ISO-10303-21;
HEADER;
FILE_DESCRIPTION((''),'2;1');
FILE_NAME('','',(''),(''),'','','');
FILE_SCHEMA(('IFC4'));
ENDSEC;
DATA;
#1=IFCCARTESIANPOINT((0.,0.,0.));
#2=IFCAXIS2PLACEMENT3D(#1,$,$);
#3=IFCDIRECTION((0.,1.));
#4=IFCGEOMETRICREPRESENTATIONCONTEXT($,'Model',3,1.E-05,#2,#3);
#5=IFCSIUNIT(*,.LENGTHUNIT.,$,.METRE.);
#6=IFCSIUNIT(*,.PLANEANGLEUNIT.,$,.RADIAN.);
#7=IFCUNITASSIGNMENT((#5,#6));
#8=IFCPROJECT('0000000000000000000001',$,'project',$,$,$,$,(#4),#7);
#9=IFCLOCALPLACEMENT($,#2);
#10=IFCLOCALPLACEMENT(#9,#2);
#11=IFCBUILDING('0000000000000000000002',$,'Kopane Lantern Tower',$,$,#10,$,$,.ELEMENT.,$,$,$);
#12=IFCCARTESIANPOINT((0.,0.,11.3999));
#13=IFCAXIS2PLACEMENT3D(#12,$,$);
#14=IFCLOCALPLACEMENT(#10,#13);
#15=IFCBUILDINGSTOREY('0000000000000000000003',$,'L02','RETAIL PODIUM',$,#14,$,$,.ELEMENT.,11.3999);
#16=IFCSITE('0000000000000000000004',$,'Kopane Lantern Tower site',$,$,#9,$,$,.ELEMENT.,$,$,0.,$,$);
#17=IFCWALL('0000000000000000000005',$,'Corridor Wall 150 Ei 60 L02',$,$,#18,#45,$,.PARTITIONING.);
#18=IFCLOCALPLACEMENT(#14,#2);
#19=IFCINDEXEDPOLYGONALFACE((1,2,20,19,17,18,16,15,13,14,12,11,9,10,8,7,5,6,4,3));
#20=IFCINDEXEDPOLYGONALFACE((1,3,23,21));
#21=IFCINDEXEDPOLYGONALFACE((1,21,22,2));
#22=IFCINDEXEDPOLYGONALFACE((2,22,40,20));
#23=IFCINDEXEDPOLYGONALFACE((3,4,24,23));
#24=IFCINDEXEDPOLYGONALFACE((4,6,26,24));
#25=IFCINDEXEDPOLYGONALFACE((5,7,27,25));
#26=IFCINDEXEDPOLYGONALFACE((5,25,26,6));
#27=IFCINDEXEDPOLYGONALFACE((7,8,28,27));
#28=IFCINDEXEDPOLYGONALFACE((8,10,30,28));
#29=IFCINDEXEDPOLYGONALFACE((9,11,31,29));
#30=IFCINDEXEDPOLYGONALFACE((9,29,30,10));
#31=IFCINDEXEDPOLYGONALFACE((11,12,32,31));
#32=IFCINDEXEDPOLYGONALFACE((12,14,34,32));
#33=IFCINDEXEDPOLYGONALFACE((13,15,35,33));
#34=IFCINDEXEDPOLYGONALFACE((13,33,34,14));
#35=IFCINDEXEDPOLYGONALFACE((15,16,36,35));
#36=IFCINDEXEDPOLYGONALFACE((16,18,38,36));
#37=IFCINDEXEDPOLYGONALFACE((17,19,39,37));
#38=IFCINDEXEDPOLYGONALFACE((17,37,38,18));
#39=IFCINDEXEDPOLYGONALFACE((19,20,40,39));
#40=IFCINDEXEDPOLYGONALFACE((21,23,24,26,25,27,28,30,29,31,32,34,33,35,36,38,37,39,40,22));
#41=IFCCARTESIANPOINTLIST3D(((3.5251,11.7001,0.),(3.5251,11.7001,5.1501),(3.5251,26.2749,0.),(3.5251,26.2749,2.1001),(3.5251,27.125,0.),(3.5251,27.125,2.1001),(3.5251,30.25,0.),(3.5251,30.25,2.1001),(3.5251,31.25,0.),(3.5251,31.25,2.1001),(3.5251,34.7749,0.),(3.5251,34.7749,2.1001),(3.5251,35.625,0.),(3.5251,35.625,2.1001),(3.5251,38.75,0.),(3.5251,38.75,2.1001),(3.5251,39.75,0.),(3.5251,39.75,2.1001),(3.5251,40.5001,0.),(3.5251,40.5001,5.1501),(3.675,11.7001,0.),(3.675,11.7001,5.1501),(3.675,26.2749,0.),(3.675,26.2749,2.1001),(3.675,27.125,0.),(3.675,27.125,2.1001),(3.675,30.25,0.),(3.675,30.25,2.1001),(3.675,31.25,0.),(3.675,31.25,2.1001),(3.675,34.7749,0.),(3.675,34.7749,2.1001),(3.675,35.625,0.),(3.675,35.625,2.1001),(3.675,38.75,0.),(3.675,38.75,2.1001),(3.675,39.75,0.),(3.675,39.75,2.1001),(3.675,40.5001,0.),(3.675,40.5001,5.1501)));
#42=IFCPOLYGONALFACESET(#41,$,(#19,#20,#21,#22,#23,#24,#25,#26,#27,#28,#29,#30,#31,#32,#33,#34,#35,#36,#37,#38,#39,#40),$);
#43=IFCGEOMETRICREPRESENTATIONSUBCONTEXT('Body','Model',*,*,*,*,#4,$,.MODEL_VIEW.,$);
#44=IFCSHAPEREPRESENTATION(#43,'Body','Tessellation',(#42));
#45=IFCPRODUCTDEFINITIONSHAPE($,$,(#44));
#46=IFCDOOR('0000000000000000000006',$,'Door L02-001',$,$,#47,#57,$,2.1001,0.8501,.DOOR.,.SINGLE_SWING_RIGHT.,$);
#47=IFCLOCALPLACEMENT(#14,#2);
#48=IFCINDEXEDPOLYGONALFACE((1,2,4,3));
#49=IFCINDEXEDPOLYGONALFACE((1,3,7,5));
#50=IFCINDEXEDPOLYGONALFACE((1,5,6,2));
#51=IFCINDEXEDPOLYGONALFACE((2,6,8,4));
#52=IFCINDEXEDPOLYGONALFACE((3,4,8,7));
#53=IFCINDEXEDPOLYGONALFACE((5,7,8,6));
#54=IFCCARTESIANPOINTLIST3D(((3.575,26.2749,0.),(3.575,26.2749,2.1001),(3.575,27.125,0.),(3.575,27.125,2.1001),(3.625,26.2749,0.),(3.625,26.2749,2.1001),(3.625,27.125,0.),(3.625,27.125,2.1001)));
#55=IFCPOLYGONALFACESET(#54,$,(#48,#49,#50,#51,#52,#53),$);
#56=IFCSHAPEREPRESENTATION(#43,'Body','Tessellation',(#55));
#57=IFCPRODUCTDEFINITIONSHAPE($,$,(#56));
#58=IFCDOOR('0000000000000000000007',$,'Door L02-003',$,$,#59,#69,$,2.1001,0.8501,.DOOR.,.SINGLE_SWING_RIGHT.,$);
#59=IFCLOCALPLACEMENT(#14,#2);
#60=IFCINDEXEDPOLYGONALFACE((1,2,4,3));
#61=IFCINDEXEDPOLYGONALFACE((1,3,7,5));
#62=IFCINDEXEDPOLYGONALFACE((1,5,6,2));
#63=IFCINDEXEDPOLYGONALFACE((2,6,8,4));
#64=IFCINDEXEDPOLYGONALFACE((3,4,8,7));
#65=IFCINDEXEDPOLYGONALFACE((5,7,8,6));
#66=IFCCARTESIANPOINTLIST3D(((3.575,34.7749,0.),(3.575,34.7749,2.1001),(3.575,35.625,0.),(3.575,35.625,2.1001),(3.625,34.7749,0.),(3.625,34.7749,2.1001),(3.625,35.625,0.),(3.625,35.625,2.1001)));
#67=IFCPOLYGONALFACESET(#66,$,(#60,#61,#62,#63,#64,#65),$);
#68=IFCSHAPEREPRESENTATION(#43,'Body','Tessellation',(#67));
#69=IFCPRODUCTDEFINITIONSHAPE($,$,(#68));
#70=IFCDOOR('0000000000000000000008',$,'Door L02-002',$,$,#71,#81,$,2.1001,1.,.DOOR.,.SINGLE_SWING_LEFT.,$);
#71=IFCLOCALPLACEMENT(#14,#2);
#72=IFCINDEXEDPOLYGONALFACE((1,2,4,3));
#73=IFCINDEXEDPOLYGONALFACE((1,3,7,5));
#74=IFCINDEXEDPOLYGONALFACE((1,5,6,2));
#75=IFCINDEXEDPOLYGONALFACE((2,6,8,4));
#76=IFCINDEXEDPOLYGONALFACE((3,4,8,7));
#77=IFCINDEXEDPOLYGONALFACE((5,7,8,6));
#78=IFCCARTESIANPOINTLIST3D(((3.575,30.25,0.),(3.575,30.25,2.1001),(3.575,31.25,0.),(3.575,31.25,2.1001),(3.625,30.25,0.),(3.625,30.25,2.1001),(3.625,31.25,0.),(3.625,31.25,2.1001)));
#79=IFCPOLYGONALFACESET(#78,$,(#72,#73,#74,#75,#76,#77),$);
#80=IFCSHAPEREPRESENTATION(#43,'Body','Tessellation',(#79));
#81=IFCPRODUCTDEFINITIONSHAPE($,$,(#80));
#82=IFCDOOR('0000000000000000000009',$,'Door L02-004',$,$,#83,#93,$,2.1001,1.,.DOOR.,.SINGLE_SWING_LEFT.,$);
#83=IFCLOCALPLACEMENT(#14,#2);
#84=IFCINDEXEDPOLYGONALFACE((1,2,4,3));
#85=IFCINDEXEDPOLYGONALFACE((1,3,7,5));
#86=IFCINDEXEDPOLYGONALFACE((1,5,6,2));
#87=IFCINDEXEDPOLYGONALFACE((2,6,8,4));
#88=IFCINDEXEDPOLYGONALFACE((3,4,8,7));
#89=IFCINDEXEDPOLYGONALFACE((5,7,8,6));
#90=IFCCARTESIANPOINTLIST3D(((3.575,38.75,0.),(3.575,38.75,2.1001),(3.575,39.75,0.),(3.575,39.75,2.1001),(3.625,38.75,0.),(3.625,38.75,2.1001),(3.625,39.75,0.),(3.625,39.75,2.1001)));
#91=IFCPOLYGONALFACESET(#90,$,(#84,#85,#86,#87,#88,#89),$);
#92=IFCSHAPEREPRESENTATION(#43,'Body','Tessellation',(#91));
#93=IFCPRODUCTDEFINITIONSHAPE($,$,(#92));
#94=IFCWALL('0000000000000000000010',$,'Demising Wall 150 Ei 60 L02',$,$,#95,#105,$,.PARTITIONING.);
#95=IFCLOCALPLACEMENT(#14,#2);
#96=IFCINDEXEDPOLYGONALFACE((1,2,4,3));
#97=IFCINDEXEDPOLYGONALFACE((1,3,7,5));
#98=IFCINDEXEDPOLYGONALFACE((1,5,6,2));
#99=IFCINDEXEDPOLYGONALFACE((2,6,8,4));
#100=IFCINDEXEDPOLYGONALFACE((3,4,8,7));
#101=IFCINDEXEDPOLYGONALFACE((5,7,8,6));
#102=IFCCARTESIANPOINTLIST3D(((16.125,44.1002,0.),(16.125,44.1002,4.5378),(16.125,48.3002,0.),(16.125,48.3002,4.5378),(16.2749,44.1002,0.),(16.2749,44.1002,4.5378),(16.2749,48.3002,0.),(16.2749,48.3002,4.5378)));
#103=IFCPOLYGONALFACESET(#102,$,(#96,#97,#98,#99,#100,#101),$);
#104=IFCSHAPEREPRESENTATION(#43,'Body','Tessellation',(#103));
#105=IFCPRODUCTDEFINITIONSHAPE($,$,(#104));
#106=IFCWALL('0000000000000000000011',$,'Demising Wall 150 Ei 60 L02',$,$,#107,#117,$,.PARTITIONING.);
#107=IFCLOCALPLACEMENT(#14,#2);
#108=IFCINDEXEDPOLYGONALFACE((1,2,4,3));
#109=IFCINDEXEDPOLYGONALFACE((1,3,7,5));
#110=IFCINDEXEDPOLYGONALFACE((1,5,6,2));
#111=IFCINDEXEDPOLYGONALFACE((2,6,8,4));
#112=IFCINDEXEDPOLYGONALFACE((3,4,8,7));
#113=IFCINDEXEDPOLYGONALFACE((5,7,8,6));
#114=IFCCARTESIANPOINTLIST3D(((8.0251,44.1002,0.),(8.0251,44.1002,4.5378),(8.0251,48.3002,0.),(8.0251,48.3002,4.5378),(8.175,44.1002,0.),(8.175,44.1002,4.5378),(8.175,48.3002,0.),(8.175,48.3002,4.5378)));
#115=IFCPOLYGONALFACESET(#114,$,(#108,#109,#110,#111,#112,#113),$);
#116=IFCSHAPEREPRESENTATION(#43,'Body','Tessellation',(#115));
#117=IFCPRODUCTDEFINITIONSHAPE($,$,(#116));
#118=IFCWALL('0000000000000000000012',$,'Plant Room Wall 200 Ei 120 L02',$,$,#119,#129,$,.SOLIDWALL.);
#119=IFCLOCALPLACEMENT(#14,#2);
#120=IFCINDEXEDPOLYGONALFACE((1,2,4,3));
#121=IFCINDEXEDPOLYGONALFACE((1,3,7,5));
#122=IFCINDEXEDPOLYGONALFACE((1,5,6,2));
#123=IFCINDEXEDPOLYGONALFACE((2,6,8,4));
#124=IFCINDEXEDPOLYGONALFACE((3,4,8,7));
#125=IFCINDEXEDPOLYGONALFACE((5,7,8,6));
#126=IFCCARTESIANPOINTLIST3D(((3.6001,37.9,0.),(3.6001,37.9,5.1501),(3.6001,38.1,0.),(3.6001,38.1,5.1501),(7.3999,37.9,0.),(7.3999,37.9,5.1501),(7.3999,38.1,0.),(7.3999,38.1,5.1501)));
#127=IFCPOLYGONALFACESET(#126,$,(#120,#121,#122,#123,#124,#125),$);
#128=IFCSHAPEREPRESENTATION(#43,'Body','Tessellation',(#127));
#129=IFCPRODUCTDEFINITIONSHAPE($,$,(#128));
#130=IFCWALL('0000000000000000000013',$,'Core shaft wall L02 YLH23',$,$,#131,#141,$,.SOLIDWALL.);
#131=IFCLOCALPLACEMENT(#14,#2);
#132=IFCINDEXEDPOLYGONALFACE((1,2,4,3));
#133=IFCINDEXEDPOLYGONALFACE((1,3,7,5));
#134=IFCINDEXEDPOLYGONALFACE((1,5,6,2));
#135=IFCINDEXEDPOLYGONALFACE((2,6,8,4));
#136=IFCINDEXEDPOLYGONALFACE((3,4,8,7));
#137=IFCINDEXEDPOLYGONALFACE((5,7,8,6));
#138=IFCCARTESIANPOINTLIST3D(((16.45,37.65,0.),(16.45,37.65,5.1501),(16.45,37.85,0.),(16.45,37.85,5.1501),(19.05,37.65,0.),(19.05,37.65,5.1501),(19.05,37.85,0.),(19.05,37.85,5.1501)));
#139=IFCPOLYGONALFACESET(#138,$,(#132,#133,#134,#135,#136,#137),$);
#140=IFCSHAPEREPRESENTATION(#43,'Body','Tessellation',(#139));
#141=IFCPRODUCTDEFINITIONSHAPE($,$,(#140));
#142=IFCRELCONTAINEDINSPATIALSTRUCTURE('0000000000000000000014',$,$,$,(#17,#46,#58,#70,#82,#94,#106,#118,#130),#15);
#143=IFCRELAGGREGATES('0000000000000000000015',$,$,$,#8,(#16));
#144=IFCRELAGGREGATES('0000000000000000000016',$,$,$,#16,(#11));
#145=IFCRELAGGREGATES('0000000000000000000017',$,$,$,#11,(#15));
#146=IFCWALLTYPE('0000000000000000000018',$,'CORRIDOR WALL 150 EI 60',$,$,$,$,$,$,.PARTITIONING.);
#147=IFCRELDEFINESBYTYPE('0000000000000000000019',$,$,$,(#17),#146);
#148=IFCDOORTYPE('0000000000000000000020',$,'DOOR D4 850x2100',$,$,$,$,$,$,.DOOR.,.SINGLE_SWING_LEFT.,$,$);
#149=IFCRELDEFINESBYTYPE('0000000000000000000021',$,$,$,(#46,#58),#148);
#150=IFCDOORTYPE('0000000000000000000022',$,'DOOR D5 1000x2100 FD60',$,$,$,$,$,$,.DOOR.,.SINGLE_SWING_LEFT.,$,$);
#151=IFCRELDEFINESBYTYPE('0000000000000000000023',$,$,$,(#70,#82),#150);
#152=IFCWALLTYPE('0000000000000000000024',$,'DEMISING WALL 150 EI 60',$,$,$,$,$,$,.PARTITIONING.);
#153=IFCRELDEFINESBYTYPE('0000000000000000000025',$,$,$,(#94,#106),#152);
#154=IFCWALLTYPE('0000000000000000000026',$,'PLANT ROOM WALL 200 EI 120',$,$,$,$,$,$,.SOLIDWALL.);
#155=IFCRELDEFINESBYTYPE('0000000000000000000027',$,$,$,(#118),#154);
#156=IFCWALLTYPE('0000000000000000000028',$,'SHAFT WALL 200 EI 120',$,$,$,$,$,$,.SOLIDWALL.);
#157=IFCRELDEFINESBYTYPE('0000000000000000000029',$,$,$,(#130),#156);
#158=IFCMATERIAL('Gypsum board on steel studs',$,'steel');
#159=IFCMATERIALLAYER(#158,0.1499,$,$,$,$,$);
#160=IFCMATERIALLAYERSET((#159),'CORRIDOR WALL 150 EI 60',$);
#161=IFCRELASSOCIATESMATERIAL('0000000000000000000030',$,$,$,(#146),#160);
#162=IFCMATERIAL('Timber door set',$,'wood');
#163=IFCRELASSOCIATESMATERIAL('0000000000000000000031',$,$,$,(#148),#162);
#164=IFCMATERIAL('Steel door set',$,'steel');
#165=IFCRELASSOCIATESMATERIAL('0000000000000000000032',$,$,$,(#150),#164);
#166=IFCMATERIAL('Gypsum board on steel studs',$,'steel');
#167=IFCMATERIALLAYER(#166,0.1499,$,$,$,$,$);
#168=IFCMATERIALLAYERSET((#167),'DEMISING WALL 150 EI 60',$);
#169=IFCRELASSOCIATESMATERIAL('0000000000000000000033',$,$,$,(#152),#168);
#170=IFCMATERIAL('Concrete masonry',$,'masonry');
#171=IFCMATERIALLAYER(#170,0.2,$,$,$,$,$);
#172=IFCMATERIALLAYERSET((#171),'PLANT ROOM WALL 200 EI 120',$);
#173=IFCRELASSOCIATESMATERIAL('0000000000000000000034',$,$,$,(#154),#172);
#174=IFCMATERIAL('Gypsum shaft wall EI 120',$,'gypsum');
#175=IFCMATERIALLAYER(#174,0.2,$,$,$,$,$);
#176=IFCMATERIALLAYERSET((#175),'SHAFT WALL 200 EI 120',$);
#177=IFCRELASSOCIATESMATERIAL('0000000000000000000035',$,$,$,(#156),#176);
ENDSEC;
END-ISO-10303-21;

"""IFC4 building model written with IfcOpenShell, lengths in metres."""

from ifc_helpers import new_model, si_unit, direction, frame, frame_2d, origin, place, context, subcontext, project, spatial, rectangle, extrude, material, layer, layer_set, type_object, element, fill, save


model = new_model("IFC4")

# Units and contexts
model_context = context("Model", 3, precision=1e-05, world=origin(), true_north=direction((0.0, 1.0)))
body_context = subcontext(model_context, "Body", "Model", "MODEL_VIEW")
ifc_project = project(units=[si_unit("LENGTHUNIT", "METRE"), si_unit("PLANEANGLEUNIT", "RADIAN")], contexts=[model_context])

# Site, building, storey
site_placement = place(None, origin())
site = spatial("IfcSite", under=ifc_project, at=site_placement, Name="Kopane Lantern Tower site", CompositionType="ELEMENT", RefElevation=0.0)
building_placement = place(site_placement, origin())
building = spatial("IfcBuilding", under=site, at=building_placement, Name="Kopane Lantern Tower", CompositionType="ELEMENT")
storey_placement = place(building_placement, frame((0.0, 0.0, 11.3999)))
storey = spatial("IfcBuildingStorey", under=building, at=storey_placement, Name="L02", Description="RETAIL PODIUM", CompositionType="ELEMENT", Elevation=11.3999)

# Shared definitions
ifc_material_1 = material(Name="Gypsum board on steel studs", Category="steel")
ifc_layer_1 = layer(ifc_material_1, 0.1499)
ifc_layer_set_1 = layer_set([ifc_layer_1], Name="CORRIDOR WALL 150 EI 60")
wall_type_1 = type_object("IfcWallType", Name="CORRIDOR WALL 150 EI 60", PredefinedType="PARTITIONING", material=ifc_layer_set_1)

# Wall, openings, doors
wall_1_placement = place(storey_placement, frame((3.6001, 40.5, 0.0), z_axis=(0.0, 0.0, 1.0), x_axis=(0.0, -1.0, 0.0)))
wall_1 = element("IfcWall", 1, at=wall_1_placement, inside=storey, type_object=wall_type_1, Name="Corridor Wall 150 Ei 60 L02", PredefinedType="PARTITIONING", context=body_context, shape_type="SweptSolid", body=[
    extrude(rectangle(XDim=28.8, YDim=0.1499, at=frame_2d((14.3999, 0.0))), origin(), (0.0, 0.0, 1.0), 5.1501),
])
opening_1_placement = place(wall_1_placement, frame((13.375, 0.0, 0.0)))
opening_1 = element("IfcOpeningElement", 2, at=opening_1_placement, cuts=wall_1, PredefinedType="OPENING", context=body_context, shape_type="SweptSolid", body=[
    extrude(rectangle(XDim=0.8501, YDim=2.1001, at=frame_2d((0.425, 1.05))), frame((0.0, 0.085, 0.0), z_axis=(0.0, -1.0, 0.0), x_axis=(1.0, 0.0, 0.0)), (0.0, 0.0, 1.0), 0.1699),
])
opening_2_placement = place(wall_1_placement, frame((9.25, 0.0, 0.0)))
opening_2 = element("IfcOpeningElement", 3, at=opening_2_placement, cuts=wall_1, PredefinedType="OPENING", context=body_context, shape_type="SweptSolid", body=[
    extrude(rectangle(XDim=1.0, YDim=2.1001, at=frame_2d((0.5, 1.05))), frame((0.0, 0.085, 0.0), z_axis=(0.0, -1.0, 0.0), x_axis=(1.0, 0.0, 0.0)), (0.0, 0.0, 1.0), 0.1699),
])
opening_3_placement = place(wall_1_placement, frame((4.875, 0.0, 0.0)))
opening_3 = element("IfcOpeningElement", 4, at=opening_3_placement, cuts=wall_1, PredefinedType="OPENING", context=body_context, shape_type="SweptSolid", body=[
    extrude(rectangle(XDim=0.8501, YDim=2.1001, at=frame_2d((0.425, 1.05))), frame((0.0, 0.085, 0.0), z_axis=(0.0, -1.0, 0.0), x_axis=(1.0, 0.0, 0.0)), (0.0, 0.0, 1.0), 0.1699),
])
opening_4_placement = place(wall_1_placement, frame((0.75, 0.0, 0.0)))
opening_4 = element("IfcOpeningElement", 5, at=opening_4_placement, cuts=wall_1, PredefinedType="OPENING", context=body_context, shape_type="SweptSolid", body=[
    extrude(rectangle(XDim=1.0, YDim=2.1001, at=frame_2d((0.5, 1.05))), frame((0.0, 0.085, 0.0), z_axis=(0.0, -1.0, 0.0), x_axis=(1.0, 0.0, 0.0)), (0.0, 0.0, 1.0), 0.1699),
])
ifc_material_2 = material(Name="Timber door set", Category="wood")
door_type_1 = type_object("IfcDoorType", Name="DOOR D4 850x2100", OperationType="SINGLE_SWING_LEFT", PredefinedType="DOOR", material=ifc_material_2)
door_1_placement = place(opening_1_placement, origin())
door_1 = element("IfcDoor", 6, at=door_1_placement, inside=storey, type_object=door_type_1, Name="Door L02-001", OperationType="SINGLE_SWING_RIGHT", OverallHeight=2.1001, OverallWidth=0.8501, PredefinedType="DOOR", context=body_context, shape_type="SweptSolid", body=[
    extrude(rectangle(XDim=0.8501, YDim=2.1001, at=frame_2d((0.425, 1.05))), frame((0.0, 0.0249, 0.0), z_axis=(0.0, -1.0, 0.0), x_axis=(1.0, 0.0, 0.0)), (0.0, 0.0, 1.0), 0.05),
])
fill(opening_1, door_1)
door_2_placement = place(opening_3_placement, origin())
door_2 = element("IfcDoor", 7, at=door_2_placement, inside=storey, type_object=door_type_1, Name="Door L02-003", OperationType="SINGLE_SWING_RIGHT", OverallHeight=2.1001, OverallWidth=0.8501, PredefinedType="DOOR", context=body_context, shape_type="SweptSolid", body=[
    extrude(rectangle(XDim=0.8501, YDim=2.1001, at=frame_2d((0.425, 1.05))), frame((0.0, 0.0249, 0.0), z_axis=(0.0, -1.0, 0.0), x_axis=(1.0, 0.0, 0.0)), (0.0, 0.0, 1.0), 0.05),
])
fill(opening_3, door_2)
ifc_material_3 = material(Name="Steel door set", Category="steel")
door_type_2 = type_object("IfcDoorType", Name="DOOR D5 1000x2100 FD60", OperationType="SINGLE_SWING_LEFT", PredefinedType="DOOR", material=ifc_material_3)
door_3_placement = place(opening_2_placement, origin())
door_3 = element("IfcDoor", 8, at=door_3_placement, inside=storey, type_object=door_type_2, Name="Door L02-002", OperationType="SINGLE_SWING_LEFT", OverallHeight=2.1001, OverallWidth=1.0, PredefinedType="DOOR", context=body_context, shape_type="SweptSolid", body=[
    extrude(rectangle(XDim=1.0, YDim=2.1001, at=frame_2d((0.5, 1.05))), frame((0.0, 0.0249, 0.0), z_axis=(0.0, -1.0, 0.0), x_axis=(1.0, 0.0, 0.0)), (0.0, 0.0, 1.0), 0.05),
])
fill(opening_2, door_3)
door_4_placement = place(opening_4_placement, origin())
door_4 = element("IfcDoor", 9, at=door_4_placement, inside=storey, type_object=door_type_2, Name="Door L02-004", OperationType="SINGLE_SWING_LEFT", OverallHeight=2.1001, OverallWidth=1.0, PredefinedType="DOOR", context=body_context, shape_type="SweptSolid", body=[
    extrude(rectangle(XDim=1.0, YDim=2.1001, at=frame_2d((0.5, 1.05))), frame((0.0, 0.0249, 0.0), z_axis=(0.0, -1.0, 0.0), x_axis=(1.0, 0.0, 0.0)), (0.0, 0.0, 1.0), 0.05),
])
fill(opening_4, door_4)

# Walls
ifc_material_4 = material(Name="Gypsum board on steel studs", Category="steel")
ifc_layer_2 = layer(ifc_material_4, 0.1499)
ifc_layer_set_2 = layer_set([ifc_layer_2], Name="DEMISING WALL 150 EI 60")
wall_type_2 = type_object("IfcWallType", Name="DEMISING WALL 150 EI 60", PredefinedType="PARTITIONING", material=ifc_layer_set_2)
for number, where, z_axis, x_axis, name in (
    (10, (16.2, 44.1001, 0.0), (0.0, 0.0, 1.0), (0.0, 1.0, 0.0), "Demising Wall 150 Ei 60 L02"),
    (11, (8.1001, 44.1001, 0.0), (0.0, 0.0, 1.0), (0.0, 1.0, 0.0), "Demising Wall 150 Ei 60 L02"),
):
    element("IfcWall", number, at=place(storey_placement, frame(where, z_axis=z_axis, x_axis=x_axis)), inside=storey, type_object=wall_type_2, Name=name, PredefinedType="PARTITIONING", context=body_context, shape_type="SweptSolid", body=[
        extrude(rectangle(XDim=4.2, YDim=0.1499, at=frame_2d((2.1001, 0.0))), origin(), (0.0, 0.0, 1.0), 4.5378),
    ])
ifc_material_5 = material(Name="Concrete masonry", Category="masonry")
ifc_layer_3 = layer(ifc_material_5, 0.2)
ifc_layer_set_3 = layer_set([ifc_layer_3], Name="PLANT ROOM WALL 200 EI 120")
wall_type_3 = type_object("IfcWallType", Name="PLANT ROOM WALL 200 EI 120", PredefinedType="SOLIDWALL", material=ifc_layer_set_3)
wall_2_placement = place(storey_placement, frame((3.6001, 38.0, 0.0), z_axis=(0.0, 0.0, 1.0), x_axis=(1.0, 0.0, 0.0)))
element("IfcWall", 12, at=wall_2_placement, inside=storey, type_object=wall_type_3, Name="Plant Room Wall 200 Ei 120 L02", PredefinedType="SOLIDWALL", context=body_context, shape_type="SweptSolid", body=[
    extrude(rectangle(XDim=3.7998, YDim=0.2, at=frame_2d((1.8999, 0.0))), origin(), (0.0, 0.0, 1.0), 5.1501),
])
ifc_material_6 = material(Name="Gypsum shaft wall EI 120", Category="gypsum")
ifc_layer_4 = layer(ifc_material_6, 0.2)
ifc_layer_set_4 = layer_set([ifc_layer_4], Name="SHAFT WALL 200 EI 120")
wall_type_4 = type_object("IfcWallType", Name="SHAFT WALL 200 EI 120", PredefinedType="SOLIDWALL", material=ifc_layer_set_4)
wall_3_placement = place(storey_placement, frame((16.45, 37.75, 0.0), z_axis=(0.0, 0.0, 1.0), x_axis=(1.0, 0.0, 0.0)))
element("IfcWall", 13, at=wall_3_placement, inside=storey, type_object=wall_type_4, Name="Core shaft wall L02 YLH23", PredefinedType="SOLIDWALL", context=body_context, shape_type="SweptSolid", body=[
    extrude(rectangle(XDim=2.6001, YDim=0.2, at=frame_2d((1.3, 0.0))), origin(), (0.0, 0.0, 1.0), 5.1501),
])

save(model, "model.ifc")
